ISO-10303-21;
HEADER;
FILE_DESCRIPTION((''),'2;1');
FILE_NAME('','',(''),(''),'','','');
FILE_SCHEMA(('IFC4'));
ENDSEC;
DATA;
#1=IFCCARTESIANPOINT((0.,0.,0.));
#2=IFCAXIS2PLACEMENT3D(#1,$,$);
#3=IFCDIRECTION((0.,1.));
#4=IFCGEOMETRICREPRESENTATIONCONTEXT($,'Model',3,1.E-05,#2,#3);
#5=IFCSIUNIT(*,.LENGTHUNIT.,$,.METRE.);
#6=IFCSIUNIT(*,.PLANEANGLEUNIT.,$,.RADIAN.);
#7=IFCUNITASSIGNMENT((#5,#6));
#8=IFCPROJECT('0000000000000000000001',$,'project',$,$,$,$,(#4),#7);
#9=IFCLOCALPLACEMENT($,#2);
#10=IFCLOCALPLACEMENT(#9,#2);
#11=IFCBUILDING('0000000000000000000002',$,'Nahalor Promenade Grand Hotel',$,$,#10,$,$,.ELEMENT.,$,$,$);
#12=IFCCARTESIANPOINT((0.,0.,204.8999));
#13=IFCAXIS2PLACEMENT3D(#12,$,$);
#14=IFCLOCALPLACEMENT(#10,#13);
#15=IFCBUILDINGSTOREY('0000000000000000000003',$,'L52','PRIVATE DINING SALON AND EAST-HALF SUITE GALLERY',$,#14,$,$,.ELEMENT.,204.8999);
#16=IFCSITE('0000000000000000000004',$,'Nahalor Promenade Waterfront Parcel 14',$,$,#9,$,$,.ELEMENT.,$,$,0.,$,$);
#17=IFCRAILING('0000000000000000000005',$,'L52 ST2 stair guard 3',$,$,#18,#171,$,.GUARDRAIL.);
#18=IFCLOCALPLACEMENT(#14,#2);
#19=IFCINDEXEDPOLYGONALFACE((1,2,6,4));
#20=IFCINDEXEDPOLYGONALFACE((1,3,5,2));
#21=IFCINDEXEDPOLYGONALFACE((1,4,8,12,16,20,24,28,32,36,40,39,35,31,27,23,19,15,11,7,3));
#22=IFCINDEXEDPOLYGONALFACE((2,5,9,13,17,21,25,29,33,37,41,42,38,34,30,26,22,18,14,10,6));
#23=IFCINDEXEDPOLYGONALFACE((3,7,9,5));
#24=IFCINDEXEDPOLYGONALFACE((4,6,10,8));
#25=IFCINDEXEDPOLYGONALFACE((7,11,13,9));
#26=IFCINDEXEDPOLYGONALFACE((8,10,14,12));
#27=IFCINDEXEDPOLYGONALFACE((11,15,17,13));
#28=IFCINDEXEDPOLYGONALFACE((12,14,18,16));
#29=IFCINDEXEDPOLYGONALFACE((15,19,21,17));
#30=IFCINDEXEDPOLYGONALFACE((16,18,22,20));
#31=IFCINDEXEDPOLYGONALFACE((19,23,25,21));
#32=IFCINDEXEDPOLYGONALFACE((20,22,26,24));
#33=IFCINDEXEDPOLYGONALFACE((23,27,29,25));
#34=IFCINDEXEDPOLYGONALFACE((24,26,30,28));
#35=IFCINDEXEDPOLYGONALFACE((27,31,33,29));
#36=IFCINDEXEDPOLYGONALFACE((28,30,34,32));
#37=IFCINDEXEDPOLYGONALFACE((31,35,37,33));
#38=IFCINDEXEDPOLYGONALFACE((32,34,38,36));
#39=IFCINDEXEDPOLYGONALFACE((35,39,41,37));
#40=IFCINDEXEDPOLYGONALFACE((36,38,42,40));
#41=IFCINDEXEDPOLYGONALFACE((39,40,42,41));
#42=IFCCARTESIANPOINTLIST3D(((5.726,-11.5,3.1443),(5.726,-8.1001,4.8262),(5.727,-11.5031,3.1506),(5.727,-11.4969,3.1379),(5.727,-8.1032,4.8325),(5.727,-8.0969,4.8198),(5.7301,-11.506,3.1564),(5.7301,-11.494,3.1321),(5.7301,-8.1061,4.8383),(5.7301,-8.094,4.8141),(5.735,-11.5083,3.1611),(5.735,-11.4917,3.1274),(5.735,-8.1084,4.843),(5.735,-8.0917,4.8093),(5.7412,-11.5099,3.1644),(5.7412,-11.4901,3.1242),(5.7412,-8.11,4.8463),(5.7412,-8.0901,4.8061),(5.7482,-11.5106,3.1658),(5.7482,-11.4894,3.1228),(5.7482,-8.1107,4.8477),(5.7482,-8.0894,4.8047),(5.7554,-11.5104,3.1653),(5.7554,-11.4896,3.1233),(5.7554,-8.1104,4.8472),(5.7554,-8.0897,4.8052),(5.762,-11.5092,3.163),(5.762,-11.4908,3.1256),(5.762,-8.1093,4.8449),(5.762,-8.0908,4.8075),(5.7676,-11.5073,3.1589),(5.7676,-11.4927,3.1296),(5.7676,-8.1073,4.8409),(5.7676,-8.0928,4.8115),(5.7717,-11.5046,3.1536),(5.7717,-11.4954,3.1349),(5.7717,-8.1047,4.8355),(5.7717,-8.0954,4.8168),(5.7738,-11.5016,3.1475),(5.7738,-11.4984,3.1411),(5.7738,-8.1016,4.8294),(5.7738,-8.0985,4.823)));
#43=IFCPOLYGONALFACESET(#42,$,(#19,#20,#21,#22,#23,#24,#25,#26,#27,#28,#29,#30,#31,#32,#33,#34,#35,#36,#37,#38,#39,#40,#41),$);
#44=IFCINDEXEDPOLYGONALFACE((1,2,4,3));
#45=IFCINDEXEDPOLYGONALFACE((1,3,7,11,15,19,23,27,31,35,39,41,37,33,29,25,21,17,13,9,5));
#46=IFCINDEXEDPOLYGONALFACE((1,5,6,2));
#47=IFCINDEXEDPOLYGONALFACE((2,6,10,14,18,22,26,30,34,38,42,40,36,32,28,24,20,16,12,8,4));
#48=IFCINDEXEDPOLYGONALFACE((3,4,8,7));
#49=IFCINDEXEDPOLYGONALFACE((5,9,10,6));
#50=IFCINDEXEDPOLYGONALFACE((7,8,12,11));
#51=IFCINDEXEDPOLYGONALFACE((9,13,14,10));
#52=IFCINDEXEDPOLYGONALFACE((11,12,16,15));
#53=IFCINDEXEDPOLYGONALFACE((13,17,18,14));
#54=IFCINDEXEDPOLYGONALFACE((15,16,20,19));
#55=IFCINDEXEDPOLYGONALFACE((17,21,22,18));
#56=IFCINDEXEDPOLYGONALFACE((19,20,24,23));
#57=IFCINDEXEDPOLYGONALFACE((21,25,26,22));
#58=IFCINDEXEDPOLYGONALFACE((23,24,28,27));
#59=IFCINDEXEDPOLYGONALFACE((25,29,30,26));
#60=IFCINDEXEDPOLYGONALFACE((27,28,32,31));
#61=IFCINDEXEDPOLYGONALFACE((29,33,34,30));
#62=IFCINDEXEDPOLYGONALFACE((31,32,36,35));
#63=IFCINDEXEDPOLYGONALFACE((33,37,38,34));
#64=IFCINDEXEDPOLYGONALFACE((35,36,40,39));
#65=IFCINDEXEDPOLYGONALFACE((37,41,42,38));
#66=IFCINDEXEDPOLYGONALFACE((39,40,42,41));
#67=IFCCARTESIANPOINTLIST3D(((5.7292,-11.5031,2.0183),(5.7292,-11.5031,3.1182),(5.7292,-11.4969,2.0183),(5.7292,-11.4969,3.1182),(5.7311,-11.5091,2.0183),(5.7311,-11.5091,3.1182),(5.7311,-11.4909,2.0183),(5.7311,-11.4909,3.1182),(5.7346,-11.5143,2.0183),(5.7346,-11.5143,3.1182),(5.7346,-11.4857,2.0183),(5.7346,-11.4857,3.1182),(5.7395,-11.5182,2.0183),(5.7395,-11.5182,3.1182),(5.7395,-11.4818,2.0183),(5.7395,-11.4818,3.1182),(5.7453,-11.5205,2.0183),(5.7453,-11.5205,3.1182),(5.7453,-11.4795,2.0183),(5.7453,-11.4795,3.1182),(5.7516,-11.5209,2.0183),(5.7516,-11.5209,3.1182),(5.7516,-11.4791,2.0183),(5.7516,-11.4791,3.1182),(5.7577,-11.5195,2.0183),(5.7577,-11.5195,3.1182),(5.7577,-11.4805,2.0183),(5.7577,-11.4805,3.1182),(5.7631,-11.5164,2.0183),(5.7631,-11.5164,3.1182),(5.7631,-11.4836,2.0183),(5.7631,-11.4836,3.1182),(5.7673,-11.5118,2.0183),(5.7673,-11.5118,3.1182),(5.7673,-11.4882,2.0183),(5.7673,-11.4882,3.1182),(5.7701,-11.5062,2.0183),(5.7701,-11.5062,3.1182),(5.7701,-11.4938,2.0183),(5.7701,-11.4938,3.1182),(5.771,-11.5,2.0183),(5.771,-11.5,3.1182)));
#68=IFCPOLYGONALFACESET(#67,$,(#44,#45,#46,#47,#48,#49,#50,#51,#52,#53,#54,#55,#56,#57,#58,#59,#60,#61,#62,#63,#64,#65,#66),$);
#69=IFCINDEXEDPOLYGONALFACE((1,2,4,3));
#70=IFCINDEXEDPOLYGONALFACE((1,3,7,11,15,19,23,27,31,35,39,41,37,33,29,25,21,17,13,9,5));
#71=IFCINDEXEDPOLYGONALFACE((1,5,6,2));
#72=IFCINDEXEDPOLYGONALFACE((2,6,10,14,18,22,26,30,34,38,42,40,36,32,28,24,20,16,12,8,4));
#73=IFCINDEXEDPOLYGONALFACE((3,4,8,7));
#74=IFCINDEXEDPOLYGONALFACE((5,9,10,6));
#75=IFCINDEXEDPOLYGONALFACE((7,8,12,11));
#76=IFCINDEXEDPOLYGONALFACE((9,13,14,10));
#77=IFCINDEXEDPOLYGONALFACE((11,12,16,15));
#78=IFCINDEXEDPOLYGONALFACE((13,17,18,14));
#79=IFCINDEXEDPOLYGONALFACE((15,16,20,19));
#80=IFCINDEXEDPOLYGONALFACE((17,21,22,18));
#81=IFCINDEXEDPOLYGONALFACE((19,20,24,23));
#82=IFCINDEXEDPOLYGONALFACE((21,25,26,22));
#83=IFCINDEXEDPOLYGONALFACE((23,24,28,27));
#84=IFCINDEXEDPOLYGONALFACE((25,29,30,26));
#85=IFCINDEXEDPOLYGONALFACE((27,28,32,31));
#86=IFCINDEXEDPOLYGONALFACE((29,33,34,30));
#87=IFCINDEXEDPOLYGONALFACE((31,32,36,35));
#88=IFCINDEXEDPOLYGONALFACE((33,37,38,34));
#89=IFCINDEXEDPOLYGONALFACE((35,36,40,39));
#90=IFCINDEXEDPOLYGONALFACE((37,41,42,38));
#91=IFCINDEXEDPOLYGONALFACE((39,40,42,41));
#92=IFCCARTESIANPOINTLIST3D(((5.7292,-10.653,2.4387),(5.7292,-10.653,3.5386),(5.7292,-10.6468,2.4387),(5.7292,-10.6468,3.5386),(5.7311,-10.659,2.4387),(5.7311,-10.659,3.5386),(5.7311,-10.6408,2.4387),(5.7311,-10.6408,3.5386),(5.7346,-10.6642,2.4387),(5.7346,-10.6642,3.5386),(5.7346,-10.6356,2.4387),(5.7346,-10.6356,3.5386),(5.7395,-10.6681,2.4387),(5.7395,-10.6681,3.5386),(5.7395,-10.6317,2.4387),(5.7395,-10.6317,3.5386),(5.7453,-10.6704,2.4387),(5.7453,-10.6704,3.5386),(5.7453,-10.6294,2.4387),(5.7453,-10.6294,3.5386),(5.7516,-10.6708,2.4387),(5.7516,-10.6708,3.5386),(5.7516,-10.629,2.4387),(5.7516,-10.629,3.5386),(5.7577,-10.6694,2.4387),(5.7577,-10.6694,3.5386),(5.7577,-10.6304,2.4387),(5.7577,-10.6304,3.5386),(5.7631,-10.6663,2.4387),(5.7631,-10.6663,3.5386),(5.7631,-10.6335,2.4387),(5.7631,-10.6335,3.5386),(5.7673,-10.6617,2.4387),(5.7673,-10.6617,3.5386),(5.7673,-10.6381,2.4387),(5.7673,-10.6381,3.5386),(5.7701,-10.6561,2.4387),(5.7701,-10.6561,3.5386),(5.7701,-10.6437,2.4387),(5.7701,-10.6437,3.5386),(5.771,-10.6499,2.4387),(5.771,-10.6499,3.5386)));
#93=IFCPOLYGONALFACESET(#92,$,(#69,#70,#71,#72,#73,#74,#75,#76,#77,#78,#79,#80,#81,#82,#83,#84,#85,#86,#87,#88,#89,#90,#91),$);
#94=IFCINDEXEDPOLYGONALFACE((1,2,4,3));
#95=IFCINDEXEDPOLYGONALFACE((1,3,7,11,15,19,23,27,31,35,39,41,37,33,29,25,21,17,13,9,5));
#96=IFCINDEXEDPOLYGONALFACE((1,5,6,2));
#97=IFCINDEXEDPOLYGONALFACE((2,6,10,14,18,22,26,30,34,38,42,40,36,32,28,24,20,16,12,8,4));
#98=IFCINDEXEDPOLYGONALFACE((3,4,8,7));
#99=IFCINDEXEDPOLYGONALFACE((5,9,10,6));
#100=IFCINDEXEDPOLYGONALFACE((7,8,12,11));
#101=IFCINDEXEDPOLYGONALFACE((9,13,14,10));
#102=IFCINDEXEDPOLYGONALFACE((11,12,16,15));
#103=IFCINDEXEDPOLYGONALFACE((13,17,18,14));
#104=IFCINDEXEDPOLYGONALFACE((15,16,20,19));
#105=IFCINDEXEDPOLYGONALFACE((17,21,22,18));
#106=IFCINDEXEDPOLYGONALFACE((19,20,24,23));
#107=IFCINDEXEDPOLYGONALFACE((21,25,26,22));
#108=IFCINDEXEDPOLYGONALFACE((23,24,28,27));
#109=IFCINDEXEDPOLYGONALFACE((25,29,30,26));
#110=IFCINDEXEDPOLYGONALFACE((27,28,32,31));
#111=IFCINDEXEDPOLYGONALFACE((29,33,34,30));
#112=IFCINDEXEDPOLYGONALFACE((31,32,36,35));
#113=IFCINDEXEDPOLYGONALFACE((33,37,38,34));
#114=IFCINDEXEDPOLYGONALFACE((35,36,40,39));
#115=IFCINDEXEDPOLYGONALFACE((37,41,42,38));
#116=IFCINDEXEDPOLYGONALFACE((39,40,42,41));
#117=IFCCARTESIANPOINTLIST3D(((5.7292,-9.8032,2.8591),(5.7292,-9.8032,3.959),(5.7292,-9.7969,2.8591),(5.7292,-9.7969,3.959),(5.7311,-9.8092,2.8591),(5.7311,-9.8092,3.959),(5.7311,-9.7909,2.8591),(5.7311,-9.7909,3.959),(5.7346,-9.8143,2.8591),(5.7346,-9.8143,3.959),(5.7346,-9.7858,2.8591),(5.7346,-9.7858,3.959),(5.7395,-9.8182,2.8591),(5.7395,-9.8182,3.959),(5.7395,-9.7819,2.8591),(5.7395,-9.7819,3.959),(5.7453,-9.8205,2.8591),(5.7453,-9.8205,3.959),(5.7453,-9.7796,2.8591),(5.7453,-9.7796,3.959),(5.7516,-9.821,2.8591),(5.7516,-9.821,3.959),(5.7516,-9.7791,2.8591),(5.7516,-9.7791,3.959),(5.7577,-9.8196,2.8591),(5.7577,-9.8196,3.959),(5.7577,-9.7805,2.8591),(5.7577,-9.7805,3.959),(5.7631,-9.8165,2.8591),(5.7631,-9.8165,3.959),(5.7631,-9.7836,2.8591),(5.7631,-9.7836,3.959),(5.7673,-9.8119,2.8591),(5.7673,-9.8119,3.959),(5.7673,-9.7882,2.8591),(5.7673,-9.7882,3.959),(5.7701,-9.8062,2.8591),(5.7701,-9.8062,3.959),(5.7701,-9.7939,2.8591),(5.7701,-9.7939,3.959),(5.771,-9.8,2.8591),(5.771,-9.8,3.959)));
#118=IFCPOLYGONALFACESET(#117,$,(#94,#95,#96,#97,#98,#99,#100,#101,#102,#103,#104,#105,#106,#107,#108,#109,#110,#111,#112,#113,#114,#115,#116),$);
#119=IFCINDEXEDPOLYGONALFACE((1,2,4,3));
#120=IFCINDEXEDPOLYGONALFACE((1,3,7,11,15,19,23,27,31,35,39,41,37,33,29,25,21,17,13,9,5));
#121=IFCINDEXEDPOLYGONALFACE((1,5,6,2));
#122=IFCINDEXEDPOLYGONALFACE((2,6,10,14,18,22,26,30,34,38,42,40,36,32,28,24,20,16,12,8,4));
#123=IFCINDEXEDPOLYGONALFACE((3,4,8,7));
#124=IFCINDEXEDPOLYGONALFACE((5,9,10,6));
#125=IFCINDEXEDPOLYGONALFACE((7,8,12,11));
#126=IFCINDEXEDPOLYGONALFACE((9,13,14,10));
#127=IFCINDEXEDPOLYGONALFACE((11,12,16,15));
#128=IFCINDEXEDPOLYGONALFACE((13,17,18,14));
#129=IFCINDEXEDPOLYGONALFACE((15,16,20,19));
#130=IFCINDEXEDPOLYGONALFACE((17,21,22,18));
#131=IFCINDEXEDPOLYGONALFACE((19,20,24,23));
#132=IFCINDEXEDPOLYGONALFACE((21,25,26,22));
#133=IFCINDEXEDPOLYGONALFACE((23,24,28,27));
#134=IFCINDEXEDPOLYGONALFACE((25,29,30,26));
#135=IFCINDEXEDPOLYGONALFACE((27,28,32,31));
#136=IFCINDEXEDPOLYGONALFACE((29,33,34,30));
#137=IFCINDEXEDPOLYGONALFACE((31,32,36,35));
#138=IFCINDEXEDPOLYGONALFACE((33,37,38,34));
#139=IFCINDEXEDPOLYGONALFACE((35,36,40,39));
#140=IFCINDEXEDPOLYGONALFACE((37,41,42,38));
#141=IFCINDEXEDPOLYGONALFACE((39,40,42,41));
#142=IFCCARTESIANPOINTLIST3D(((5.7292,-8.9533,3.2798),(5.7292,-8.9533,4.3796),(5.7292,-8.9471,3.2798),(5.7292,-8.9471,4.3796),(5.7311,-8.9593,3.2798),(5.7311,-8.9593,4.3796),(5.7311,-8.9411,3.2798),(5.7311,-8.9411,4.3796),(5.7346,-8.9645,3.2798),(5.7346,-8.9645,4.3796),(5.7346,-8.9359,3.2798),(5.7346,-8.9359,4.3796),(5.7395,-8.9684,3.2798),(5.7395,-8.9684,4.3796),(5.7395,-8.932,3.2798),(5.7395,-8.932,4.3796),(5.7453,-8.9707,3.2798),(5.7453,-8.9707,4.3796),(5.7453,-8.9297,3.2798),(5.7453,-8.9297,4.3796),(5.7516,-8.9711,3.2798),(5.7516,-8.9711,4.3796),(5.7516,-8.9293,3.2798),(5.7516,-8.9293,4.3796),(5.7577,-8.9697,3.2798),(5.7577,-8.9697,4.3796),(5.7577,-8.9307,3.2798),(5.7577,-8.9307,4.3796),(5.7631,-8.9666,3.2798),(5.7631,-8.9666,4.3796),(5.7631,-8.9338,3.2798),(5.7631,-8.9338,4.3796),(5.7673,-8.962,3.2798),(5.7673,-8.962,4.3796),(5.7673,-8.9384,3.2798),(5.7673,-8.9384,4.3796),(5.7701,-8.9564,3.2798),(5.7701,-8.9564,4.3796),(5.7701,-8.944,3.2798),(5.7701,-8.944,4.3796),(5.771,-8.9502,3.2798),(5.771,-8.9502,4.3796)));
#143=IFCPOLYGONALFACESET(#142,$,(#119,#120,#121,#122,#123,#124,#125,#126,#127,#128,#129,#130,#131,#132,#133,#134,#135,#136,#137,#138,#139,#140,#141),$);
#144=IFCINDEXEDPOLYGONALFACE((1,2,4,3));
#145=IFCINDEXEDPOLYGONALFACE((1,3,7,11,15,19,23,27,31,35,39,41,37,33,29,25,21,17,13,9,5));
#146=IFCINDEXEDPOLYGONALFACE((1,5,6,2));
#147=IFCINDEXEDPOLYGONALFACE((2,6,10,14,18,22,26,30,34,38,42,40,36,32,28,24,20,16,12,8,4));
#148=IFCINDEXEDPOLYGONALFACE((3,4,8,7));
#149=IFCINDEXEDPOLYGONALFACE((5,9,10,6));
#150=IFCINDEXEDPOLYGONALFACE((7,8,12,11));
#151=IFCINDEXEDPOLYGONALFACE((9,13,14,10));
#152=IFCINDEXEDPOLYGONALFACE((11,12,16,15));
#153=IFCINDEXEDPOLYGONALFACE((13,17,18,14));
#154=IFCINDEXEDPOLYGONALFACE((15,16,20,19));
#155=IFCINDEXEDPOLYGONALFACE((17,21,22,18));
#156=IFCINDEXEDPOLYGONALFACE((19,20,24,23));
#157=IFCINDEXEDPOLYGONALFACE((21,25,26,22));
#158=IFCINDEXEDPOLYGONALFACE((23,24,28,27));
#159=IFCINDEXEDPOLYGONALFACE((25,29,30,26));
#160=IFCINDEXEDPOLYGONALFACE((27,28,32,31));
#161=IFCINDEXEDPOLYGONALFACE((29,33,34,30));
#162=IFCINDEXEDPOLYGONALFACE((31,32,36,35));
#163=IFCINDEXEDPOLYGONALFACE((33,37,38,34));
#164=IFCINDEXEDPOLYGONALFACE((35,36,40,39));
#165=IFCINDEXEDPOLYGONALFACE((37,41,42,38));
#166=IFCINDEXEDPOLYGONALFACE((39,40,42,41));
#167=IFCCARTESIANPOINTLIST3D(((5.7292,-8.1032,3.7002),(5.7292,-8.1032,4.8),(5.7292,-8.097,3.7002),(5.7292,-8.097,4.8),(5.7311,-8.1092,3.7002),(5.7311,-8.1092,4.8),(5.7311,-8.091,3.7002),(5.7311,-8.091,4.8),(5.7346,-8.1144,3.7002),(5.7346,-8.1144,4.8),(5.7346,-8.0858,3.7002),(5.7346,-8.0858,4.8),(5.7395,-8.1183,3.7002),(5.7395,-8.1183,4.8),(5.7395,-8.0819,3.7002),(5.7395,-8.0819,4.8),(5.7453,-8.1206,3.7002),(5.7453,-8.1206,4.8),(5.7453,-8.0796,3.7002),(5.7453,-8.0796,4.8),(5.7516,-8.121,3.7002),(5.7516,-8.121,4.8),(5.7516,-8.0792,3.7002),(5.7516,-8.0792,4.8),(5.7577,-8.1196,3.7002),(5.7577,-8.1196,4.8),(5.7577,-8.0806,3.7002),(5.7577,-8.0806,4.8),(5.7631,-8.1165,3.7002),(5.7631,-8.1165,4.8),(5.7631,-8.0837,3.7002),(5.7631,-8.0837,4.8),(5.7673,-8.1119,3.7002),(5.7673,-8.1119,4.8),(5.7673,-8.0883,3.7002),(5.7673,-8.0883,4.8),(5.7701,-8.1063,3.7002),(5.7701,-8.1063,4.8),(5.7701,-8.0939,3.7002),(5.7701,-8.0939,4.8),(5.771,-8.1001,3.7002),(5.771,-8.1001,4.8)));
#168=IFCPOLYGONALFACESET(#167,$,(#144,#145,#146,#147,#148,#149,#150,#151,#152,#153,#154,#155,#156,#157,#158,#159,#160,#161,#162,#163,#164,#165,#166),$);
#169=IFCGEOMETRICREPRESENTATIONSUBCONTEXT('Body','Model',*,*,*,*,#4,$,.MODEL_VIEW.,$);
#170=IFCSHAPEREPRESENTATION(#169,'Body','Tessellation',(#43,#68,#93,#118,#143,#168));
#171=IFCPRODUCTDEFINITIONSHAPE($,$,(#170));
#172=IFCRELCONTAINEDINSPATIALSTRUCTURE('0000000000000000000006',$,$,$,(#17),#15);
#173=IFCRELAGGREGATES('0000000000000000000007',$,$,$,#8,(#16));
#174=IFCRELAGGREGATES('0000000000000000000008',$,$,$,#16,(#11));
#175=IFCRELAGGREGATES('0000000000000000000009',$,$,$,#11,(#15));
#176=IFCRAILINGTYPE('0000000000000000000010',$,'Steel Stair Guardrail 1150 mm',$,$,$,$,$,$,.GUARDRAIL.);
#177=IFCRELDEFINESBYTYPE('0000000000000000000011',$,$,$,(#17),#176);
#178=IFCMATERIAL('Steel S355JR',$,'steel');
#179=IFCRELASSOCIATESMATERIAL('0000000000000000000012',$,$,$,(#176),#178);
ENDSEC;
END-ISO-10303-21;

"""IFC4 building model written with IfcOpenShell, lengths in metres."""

from ifc_helpers import new_model, si_unit, direction, frame, origin, origin_2d, place, context, subcontext, project, spatial, circle, extrude, material, type_object, element, save


model = new_model("IFC4")

# Units and contexts
model_context = context("Model", 3, precision=1e-05, world=origin(), true_north=direction((0.0, 1.0)))
body_context = subcontext(model_context, "Body", "Model", "MODEL_VIEW")
ifc_project = project(units=[si_unit("LENGTHUNIT", "METRE"), si_unit("PLANEANGLEUNIT", "RADIAN")], contexts=[model_context])

# Site, building, storey
site_placement = place(None, origin())
site = spatial("IfcSite", under=ifc_project, at=site_placement, Name="Nahalor Promenade Waterfront Parcel 14", CompositionType="ELEMENT", RefElevation=0.0)
building_placement = place(site_placement, origin())
building = spatial("IfcBuilding", under=site, at=building_placement, Name="Nahalor Promenade Grand Hotel", CompositionType="ELEMENT")
storey_placement = place(building_placement, frame((0.0, 0.0, 204.8999)))
storey = spatial("IfcBuildingStorey", under=building, at=storey_placement, Name="L52", Description="PRIVATE DINING SALON AND EAST-HALF SUITE GALLERY", CompositionType="ELEMENT", Elevation=204.8999)

# Shared definitions
ifc_material_1 = material(Name="Steel S355JR", Category="steel")

# Railing
railing_type_1 = type_object("IfcRailingType", Name="Steel Stair Guardrail 1150 mm", PredefinedType="GUARDRAIL", material=ifc_material_1)
railing_1_placement = place(storey_placement, frame((5.75, -11.5, 2.0183)))
element("IfcRailing", 1, at=railing_1_placement, inside=storey, type_object=railing_type_1, Name="L52 ST2 stair guard 3", PredefinedType="GUARDRAIL", context=body_context, shape_type="SweptSolid", body=[
    extrude(circle(Radius=0.024, at=origin_2d()), frame((0.0, 0.0, 1.126), z_axis=(0.0, 0.896324, 0.443399), x_axis=(-1.0, 0.0, 0.0)), (0.0, 0.0, 1.0), 3.7932),
    extrude(circle(Radius=0.021, at=origin_2d()), origin(), (0.0, 0.0, 1.0), 1.0999),
    extrude(circle(Radius=0.021, at=origin_2d()), frame((0.0, 0.8501, 0.4204)), (0.0, 0.0, 1.0), 1.0999),
    extrude(circle(Radius=0.021, at=origin_2d()), frame((0.0, 1.7, 0.8408)), (0.0, 0.0, 1.0), 1.0999),
    extrude(circle(Radius=0.021, at=origin_2d()), frame((0.0, 2.5498, 1.2615)), (0.0, 0.0, 1.0), 1.0999),
    extrude(circle(Radius=0.021, at=origin_2d()), frame((0.0, 3.3999, 1.6819)), (0.0, 0.0, 1.0), 1.0999),
])

save(model, "model.ifc")
